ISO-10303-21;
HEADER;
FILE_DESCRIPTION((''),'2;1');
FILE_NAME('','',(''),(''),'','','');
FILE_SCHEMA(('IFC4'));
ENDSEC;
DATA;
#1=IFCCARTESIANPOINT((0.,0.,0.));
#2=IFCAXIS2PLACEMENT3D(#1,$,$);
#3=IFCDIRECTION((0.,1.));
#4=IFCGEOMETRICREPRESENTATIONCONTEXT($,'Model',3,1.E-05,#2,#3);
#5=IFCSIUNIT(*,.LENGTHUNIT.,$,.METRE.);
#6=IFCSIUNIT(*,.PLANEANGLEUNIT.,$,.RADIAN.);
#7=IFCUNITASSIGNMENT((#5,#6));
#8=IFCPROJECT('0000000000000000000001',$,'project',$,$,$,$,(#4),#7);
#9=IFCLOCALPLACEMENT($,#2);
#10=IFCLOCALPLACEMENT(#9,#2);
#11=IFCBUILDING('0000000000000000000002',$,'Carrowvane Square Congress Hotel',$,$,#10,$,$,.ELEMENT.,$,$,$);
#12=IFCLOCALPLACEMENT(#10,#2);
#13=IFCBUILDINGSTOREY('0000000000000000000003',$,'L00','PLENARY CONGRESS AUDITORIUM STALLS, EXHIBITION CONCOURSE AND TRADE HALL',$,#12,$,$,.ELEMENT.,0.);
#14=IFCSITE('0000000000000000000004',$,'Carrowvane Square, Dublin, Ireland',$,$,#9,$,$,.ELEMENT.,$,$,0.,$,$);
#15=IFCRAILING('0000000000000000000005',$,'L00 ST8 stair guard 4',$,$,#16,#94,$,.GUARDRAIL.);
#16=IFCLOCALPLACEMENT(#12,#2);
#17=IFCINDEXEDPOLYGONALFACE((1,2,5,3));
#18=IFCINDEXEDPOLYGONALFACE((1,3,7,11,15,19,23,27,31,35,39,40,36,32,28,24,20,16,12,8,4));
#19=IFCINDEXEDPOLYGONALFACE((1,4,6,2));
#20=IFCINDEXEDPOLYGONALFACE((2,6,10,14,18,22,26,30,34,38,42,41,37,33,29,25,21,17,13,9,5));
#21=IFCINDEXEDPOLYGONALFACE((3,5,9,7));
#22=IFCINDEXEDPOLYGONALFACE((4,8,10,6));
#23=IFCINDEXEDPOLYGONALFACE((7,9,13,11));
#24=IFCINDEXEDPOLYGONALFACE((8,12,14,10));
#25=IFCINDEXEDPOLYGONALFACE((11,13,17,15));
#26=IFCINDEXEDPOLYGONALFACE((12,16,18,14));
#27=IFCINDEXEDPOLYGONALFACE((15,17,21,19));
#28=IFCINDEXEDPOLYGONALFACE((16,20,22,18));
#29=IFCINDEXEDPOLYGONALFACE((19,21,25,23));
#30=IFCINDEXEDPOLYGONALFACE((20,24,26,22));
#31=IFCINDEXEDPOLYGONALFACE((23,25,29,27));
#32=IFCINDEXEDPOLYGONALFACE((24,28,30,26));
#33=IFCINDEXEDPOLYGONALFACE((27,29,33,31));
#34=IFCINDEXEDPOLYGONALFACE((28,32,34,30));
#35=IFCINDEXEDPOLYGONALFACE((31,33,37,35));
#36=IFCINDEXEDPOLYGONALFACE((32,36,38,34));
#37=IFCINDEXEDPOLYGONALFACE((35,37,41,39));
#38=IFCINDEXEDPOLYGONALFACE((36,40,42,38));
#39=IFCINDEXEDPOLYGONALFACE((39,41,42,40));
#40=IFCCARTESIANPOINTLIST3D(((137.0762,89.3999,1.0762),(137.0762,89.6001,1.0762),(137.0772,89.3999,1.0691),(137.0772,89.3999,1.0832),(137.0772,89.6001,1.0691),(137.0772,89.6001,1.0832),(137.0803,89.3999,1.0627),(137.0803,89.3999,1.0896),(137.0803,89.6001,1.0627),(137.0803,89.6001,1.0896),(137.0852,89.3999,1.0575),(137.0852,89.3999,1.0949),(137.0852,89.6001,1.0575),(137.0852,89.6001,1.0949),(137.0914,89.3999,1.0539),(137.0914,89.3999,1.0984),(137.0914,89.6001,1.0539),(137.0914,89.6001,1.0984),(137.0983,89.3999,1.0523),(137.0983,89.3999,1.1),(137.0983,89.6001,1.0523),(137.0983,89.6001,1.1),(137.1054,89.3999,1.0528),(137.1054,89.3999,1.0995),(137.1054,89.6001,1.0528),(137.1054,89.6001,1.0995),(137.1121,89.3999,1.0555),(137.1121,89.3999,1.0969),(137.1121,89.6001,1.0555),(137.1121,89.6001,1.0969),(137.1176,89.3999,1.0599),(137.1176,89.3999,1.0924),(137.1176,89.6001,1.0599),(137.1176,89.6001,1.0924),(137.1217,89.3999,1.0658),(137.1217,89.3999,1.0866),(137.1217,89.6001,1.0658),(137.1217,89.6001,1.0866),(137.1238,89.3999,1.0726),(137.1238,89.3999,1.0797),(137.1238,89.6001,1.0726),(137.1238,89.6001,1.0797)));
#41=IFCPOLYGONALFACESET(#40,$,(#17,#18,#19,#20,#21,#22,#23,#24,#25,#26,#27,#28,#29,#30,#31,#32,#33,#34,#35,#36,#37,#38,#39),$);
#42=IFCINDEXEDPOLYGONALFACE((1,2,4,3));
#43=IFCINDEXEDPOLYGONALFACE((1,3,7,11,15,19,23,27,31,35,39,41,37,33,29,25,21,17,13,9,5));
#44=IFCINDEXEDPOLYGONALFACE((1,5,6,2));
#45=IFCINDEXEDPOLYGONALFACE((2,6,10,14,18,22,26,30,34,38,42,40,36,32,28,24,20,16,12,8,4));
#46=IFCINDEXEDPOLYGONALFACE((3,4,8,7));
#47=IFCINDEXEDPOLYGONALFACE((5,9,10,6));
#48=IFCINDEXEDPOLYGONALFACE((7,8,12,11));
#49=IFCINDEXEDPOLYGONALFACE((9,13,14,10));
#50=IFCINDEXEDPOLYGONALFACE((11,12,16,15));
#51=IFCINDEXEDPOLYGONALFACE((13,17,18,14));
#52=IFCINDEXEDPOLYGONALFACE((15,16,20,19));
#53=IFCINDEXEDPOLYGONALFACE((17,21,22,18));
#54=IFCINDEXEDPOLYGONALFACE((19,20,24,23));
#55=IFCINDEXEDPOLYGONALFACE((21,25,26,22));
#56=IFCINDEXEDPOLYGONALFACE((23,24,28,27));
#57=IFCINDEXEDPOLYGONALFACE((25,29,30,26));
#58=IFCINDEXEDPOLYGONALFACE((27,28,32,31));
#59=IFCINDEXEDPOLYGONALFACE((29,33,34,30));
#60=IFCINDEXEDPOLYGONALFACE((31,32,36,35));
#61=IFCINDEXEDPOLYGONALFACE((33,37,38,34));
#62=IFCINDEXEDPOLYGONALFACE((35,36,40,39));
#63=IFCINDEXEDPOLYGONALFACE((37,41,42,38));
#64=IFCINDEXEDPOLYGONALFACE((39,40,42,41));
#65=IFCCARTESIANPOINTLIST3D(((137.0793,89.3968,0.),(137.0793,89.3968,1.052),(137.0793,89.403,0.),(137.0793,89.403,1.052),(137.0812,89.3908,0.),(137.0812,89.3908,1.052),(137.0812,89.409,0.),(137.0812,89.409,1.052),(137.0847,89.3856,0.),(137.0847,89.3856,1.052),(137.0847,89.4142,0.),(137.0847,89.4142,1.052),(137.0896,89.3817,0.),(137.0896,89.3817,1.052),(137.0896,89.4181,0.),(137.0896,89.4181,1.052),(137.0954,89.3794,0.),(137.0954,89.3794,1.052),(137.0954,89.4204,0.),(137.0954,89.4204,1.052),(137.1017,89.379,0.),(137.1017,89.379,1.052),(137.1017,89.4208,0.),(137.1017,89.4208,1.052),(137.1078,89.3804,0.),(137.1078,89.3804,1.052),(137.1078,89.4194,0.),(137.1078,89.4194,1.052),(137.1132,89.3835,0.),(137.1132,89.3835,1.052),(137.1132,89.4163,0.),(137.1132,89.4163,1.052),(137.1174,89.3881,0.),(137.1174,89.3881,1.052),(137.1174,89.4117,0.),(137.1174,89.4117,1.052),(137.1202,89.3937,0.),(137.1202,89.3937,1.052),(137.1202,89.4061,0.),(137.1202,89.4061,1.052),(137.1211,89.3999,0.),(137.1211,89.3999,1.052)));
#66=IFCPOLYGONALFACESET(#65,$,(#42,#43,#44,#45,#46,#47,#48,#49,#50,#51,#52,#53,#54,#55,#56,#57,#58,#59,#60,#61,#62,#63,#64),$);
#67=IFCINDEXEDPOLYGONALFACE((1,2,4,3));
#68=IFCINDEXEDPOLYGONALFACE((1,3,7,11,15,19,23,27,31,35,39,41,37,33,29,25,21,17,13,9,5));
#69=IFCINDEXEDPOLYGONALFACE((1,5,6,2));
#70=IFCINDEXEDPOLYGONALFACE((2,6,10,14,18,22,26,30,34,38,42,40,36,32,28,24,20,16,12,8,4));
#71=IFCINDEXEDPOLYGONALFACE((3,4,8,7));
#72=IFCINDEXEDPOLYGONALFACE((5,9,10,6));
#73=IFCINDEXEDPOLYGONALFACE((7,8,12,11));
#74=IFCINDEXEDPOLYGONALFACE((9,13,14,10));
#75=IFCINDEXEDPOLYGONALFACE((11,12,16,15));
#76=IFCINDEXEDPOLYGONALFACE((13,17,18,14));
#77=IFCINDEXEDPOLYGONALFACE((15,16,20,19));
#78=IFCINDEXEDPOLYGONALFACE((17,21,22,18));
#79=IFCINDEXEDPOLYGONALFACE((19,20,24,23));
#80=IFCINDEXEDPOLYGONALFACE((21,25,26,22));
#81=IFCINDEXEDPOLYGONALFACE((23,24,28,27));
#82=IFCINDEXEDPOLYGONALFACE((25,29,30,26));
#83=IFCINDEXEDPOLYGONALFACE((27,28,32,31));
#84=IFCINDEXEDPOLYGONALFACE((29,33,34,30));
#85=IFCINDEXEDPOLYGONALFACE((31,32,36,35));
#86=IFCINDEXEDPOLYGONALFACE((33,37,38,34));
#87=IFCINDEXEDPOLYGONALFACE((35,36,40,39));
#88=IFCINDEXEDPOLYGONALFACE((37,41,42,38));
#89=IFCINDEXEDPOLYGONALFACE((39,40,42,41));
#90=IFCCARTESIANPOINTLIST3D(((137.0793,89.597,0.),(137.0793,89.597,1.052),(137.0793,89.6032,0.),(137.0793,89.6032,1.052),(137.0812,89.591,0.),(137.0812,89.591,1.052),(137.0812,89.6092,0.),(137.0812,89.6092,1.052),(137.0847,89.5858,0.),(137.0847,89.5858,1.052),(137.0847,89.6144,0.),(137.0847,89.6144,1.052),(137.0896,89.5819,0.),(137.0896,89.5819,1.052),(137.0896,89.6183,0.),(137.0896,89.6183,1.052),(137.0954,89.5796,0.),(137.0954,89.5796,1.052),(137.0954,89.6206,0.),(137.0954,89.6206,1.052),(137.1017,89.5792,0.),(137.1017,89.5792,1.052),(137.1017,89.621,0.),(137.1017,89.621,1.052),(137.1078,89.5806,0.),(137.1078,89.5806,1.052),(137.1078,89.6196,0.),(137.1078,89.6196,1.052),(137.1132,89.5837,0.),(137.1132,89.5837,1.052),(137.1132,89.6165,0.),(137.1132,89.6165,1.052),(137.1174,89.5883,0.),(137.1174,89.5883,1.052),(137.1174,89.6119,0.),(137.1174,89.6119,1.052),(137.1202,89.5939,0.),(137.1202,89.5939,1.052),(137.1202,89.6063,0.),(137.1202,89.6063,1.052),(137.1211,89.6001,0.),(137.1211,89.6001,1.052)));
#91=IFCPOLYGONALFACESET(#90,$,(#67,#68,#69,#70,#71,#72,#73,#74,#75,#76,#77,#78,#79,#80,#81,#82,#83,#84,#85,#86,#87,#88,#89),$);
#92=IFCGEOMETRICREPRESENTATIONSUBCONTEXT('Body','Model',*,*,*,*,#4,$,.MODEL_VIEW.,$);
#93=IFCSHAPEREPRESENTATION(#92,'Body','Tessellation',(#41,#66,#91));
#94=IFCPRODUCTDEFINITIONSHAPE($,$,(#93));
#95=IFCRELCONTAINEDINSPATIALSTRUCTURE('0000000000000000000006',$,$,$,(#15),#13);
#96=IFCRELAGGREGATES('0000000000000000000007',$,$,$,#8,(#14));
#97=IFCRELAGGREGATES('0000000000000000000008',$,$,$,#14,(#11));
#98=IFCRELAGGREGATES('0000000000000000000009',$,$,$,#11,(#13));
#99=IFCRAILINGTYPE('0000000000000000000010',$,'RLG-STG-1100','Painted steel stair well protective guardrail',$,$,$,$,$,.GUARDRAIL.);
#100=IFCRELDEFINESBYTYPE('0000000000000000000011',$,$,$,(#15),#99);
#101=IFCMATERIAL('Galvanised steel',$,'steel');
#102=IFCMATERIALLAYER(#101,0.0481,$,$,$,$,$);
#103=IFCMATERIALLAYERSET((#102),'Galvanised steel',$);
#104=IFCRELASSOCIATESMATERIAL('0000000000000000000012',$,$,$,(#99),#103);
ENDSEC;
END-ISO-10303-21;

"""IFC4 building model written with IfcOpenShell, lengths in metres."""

from ifc_helpers import new_model, si_unit, direction, frame, origin, origin_2d, place, context, subcontext, project, spatial, circle, extrude, material, layer, layer_set, type_object, element, save


model = new_model("IFC4")

# Units and contexts
model_context = context("Model", 3, precision=1e-05, world=origin(), true_north=direction((0.0, 1.0)))
body_context = subcontext(model_context, "Body", "Model", "MODEL_VIEW")
ifc_project = project(units=[si_unit("LENGTHUNIT", "METRE"), si_unit("PLANEANGLEUNIT", "RADIAN")], contexts=[model_context])

# Site, building, storey
site_placement = place(None, origin())
site = spatial("IfcSite", under=ifc_project, at=site_placement, Name="Carrowvane Square, Dublin, Ireland", CompositionType="ELEMENT", RefElevation=0.0)
building_placement = place(site_placement, origin())
building = spatial("IfcBuilding", under=site, at=building_placement, Name="Carrowvane Square Congress Hotel", CompositionType="ELEMENT")
storey_placement = place(building_placement, origin())
storey = spatial("IfcBuildingStorey", under=building, at=storey_placement, Name="L00", Description="PLENARY CONGRESS AUDITORIUM STALLS, EXHIBITION CONCOURSE AND TRADE HALL", CompositionType="ELEMENT", Elevation=0.0)

# Railing
ifc_material_1 = material(Name="Galvanised steel", Category="steel")
ifc_layer_1 = layer(ifc_material_1, 0.0481)
ifc_layer_set_1 = layer_set([ifc_layer_1], Name="Galvanised steel")
railing_type_1 = type_object("IfcRailingType", Name="RLG-STG-1100", Description="Painted steel stair well protective guardrail", PredefinedType="GUARDRAIL", material=ifc_layer_set_1)
railing_1_placement = place(storey_placement, frame((137.1001, 89.3999, 0.0)))
element("IfcRailing", 1, at=railing_1_placement, inside=storey, type_object=railing_type_1, Name="L00 ST8 stair guard 4", PredefinedType="GUARDRAIL", context=body_context, shape_type="SweptSolid", body=[
    extrude(circle(Radius=0.0239, at=origin_2d()), frame((0.0, 0.0, 1.0762), z_axis=(0.0, 1.0, 0.0), x_axis=(-1.0, 0.0, 0.0)), (0.0, 0.0, 1.0), 0.2002),
    extrude(circle(Radius=0.021, at=origin_2d()), origin(), (0.0, 0.0, 1.0), 1.052),
    extrude(circle(Radius=0.021, at=origin_2d()), frame((0.0, 0.2002, 0.0)), (0.0, 0.0, 1.0), 1.052),
])

save(model, "model.ifc")
